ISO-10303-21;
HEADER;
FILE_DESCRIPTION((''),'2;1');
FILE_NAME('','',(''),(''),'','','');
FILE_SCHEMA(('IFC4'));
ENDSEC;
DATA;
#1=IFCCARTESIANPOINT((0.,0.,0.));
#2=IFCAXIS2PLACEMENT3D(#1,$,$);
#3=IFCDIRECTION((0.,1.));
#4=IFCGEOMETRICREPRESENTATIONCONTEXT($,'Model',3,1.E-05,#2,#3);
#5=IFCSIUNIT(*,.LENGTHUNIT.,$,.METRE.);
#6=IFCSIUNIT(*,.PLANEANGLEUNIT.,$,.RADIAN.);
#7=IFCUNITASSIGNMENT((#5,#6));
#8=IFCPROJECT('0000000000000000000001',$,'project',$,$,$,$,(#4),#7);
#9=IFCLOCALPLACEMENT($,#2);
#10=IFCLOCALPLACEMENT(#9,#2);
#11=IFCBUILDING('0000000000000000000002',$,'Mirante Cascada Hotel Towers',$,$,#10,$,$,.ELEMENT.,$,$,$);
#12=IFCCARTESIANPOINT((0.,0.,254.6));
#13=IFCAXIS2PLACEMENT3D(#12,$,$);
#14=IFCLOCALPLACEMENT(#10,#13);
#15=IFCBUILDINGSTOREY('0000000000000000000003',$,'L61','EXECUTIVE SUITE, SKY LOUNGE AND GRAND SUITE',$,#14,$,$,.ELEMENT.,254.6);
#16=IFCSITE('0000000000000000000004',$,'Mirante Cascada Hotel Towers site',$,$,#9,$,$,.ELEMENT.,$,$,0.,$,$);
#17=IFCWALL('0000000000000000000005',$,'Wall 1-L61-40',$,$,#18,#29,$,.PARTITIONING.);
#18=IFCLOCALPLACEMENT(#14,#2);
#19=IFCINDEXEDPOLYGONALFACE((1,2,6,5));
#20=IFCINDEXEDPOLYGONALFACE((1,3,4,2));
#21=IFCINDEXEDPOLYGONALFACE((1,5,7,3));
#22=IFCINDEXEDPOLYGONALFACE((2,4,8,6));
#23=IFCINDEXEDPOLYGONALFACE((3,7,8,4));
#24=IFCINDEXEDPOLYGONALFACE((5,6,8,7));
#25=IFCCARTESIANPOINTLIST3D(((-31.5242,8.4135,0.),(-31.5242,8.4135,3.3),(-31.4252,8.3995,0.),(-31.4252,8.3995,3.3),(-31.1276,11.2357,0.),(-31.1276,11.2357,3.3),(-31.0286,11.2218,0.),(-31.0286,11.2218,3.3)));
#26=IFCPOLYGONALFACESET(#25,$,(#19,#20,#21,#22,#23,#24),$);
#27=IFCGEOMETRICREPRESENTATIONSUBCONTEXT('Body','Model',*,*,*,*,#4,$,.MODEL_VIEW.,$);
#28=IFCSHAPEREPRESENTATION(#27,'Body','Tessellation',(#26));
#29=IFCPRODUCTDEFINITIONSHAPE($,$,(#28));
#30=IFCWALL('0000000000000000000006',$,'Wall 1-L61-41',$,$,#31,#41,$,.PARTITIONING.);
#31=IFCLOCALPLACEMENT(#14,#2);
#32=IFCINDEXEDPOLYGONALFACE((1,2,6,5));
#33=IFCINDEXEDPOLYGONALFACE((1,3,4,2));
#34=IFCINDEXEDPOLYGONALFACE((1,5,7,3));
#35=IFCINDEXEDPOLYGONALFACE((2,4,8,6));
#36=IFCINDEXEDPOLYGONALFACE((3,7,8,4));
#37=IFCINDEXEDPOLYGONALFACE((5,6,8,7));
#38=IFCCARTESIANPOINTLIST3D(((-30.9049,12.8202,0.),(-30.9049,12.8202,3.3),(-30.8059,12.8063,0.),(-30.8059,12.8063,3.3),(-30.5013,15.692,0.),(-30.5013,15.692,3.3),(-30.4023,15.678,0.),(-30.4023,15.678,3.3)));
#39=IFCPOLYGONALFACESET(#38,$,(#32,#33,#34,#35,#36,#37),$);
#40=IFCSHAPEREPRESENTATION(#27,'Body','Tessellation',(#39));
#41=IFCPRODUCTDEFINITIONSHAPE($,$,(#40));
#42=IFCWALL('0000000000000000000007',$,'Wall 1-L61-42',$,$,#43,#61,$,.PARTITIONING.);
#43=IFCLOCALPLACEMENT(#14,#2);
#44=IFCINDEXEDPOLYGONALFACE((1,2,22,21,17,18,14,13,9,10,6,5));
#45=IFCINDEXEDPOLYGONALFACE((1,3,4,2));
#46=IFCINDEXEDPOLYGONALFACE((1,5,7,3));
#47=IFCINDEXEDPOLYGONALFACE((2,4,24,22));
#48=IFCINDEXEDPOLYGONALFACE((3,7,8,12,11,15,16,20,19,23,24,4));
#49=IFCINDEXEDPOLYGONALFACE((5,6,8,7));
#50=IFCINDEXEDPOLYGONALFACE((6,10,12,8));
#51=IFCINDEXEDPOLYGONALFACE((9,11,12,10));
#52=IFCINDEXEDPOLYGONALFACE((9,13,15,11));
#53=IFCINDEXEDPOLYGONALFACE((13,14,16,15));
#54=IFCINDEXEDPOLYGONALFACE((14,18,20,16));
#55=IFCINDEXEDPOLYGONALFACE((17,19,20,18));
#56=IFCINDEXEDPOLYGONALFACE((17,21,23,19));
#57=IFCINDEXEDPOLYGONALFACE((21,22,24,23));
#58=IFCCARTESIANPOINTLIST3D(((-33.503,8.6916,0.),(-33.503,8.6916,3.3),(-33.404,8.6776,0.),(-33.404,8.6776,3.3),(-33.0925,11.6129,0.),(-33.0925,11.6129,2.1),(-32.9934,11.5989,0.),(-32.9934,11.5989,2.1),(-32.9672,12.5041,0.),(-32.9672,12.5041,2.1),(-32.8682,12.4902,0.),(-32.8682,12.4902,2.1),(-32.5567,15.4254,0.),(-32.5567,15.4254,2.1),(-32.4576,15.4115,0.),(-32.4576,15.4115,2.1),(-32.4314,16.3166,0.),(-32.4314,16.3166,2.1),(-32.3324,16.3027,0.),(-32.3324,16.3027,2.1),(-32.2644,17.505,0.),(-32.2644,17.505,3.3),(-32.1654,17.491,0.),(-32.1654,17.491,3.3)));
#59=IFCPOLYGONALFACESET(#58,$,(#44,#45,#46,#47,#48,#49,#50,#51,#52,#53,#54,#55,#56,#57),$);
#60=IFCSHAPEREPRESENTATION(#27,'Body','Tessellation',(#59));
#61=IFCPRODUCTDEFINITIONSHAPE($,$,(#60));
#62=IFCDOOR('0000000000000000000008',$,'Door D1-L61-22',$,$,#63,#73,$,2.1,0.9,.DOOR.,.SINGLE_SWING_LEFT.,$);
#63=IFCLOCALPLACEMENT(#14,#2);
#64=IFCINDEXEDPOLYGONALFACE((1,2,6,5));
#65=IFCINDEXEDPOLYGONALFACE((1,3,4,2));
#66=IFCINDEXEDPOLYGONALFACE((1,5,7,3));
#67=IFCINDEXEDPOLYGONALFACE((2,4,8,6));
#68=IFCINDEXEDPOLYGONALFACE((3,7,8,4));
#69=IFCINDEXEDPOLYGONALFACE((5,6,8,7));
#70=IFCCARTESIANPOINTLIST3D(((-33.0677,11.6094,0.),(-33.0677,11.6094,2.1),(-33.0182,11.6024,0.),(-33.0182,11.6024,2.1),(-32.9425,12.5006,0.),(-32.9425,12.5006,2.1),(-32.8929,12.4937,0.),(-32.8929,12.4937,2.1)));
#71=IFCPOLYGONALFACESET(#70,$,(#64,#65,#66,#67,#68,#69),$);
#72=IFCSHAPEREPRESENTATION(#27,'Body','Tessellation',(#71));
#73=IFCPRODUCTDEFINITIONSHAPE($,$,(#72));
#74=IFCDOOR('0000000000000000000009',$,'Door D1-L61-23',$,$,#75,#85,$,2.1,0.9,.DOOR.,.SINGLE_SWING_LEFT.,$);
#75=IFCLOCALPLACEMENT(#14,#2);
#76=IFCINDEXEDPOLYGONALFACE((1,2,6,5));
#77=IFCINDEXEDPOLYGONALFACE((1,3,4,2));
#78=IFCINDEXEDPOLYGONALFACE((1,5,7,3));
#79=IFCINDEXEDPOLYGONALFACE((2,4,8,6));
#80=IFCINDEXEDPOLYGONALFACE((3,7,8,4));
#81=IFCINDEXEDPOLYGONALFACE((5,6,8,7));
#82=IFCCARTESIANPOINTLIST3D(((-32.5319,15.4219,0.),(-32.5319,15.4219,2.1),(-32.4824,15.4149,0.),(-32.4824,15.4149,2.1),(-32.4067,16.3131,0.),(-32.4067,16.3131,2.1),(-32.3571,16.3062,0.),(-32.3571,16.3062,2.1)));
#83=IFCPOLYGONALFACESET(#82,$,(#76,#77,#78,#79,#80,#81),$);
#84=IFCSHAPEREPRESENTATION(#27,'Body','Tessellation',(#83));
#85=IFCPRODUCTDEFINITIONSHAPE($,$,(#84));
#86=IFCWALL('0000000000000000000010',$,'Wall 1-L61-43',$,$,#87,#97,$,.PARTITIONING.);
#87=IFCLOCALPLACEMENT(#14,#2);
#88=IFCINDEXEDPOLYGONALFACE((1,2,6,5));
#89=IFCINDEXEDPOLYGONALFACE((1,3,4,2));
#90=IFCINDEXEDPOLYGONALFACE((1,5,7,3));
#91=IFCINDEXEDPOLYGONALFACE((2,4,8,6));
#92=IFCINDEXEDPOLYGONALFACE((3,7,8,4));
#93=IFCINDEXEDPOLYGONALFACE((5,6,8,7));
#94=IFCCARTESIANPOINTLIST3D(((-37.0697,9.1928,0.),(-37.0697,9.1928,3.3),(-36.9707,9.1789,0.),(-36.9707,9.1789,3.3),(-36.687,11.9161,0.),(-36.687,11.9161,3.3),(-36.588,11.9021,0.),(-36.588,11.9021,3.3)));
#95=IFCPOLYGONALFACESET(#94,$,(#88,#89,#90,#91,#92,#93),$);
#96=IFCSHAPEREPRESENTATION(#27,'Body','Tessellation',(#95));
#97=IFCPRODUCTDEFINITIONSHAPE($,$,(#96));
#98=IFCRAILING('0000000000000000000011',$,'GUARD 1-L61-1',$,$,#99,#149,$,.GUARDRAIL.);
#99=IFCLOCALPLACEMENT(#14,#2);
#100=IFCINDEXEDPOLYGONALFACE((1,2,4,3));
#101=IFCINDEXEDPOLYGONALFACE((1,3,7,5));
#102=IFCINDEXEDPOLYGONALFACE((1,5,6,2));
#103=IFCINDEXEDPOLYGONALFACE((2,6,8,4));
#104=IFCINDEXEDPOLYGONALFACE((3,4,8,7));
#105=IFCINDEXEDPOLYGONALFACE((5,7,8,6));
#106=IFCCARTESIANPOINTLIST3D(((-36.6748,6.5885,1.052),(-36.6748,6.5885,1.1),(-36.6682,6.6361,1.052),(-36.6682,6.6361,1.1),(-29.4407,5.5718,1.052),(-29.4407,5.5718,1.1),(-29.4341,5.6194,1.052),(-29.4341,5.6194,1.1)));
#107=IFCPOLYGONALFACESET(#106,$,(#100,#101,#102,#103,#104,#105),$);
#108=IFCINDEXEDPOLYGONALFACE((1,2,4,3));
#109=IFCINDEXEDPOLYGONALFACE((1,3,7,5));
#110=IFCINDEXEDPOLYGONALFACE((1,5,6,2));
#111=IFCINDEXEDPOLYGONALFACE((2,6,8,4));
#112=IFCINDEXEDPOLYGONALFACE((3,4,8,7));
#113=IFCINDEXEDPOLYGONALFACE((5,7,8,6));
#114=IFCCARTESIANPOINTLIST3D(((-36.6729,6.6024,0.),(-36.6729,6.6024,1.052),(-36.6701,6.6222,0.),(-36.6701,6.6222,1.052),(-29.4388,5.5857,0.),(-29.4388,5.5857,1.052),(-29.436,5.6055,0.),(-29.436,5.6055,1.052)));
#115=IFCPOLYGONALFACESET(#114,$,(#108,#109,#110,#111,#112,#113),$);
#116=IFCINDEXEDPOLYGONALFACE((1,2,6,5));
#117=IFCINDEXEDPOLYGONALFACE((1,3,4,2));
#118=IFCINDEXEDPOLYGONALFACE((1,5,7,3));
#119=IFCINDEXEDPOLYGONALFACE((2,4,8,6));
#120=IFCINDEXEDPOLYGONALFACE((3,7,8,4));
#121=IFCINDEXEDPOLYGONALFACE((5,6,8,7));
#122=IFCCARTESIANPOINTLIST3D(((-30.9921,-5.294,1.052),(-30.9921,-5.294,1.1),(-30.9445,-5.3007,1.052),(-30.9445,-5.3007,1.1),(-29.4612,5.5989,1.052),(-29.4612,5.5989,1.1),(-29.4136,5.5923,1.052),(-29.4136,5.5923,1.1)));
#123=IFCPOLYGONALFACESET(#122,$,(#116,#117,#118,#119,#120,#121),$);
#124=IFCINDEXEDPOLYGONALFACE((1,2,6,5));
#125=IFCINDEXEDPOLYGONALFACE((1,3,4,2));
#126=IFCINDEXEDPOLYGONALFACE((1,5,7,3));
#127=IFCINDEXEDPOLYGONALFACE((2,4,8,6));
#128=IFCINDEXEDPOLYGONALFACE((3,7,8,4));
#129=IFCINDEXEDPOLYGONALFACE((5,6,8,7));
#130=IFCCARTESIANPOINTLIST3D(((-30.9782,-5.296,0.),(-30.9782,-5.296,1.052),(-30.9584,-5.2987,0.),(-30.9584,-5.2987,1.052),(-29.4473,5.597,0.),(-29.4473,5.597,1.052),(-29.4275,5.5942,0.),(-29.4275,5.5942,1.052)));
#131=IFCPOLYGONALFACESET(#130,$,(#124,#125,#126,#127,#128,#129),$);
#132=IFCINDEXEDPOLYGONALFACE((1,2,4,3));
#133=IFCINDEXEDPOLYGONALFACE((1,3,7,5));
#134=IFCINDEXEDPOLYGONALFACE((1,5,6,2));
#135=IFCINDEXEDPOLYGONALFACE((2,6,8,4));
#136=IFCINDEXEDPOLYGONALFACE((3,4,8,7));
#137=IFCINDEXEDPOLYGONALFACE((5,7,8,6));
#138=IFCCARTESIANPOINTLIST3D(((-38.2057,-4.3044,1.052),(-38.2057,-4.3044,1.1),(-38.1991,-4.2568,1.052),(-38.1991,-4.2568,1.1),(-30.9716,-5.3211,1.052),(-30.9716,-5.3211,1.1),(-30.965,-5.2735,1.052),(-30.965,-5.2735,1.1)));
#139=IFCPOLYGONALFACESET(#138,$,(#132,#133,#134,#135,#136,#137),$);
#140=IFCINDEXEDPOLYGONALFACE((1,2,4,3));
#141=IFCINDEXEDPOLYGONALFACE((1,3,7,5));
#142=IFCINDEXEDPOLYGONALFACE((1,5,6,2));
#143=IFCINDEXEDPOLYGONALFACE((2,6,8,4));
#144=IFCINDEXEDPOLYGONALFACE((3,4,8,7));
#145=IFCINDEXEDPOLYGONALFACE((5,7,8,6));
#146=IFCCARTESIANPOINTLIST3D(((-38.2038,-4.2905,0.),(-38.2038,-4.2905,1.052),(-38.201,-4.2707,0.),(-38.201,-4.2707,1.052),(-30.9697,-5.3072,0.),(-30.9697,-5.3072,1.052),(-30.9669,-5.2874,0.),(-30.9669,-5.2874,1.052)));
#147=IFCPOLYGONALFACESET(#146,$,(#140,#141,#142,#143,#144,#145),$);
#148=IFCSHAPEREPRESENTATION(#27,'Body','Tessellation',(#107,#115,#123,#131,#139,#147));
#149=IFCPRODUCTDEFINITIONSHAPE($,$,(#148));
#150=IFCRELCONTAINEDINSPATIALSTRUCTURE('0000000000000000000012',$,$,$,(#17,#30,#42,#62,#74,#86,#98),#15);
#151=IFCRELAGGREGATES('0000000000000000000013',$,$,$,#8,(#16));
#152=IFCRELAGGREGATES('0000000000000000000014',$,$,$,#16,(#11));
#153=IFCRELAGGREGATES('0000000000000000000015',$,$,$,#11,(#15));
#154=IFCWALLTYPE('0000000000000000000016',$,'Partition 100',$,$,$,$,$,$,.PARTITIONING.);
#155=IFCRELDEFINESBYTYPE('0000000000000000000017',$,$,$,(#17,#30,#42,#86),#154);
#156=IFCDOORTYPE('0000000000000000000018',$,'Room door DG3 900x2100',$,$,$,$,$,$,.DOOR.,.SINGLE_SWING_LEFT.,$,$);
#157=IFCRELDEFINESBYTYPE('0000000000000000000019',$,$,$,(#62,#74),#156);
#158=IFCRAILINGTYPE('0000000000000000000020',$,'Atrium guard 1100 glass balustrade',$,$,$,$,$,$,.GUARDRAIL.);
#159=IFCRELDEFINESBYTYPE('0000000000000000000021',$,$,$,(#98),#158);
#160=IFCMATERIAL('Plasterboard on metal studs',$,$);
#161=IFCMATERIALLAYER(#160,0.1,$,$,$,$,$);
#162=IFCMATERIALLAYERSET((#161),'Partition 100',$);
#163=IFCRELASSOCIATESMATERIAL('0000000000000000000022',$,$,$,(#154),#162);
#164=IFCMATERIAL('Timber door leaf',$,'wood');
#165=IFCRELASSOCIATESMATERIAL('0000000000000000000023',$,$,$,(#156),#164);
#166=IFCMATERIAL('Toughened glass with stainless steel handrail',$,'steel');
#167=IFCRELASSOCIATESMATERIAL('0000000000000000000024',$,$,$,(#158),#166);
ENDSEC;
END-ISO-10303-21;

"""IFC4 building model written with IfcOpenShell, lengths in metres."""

from ifc_helpers import new_model, si_unit, direction, frame, frame_2d, origin, origin_2d, place, context, subcontext, project, spatial, rectangle, extrude, material, layer, layer_set, type_object, element, fill, save


model = new_model("IFC4")

# Units and contexts
model_context = context("Model", 3, precision=1e-05, world=origin(), true_north=direction((0.0, 1.0)))
body_context = subcontext(model_context, "Body", "Model", "MODEL_VIEW")
ifc_project = project(units=[si_unit("LENGTHUNIT", "METRE"), si_unit("PLANEANGLEUNIT", "RADIAN")], contexts=[model_context])

# Site, building, storey
site_placement = place(None, origin())
site = spatial("IfcSite", under=ifc_project, at=site_placement, Name="Mirante Cascada Hotel Towers site", CompositionType="ELEMENT", RefElevation=0.0)
building_placement = place(site_placement, origin())
building = spatial("IfcBuilding", under=site, at=building_placement, Name="Mirante Cascada Hotel Towers", CompositionType="ELEMENT")
storey_placement = place(building_placement, frame((0.0, 0.0, 254.6)))
storey = spatial("IfcBuildingStorey", under=building, at=storey_placement, Name="L61", Description="EXECUTIVE SUITE, SKY LOUNGE AND GRAND SUITE", CompositionType="ELEMENT", Elevation=254.6)

# Shared definitions
ifc_material_1 = material(Name="Plasterboard on metal studs")
ifc_layer_1 = layer(ifc_material_1, 0.1)
ifc_layer_set_1 = layer_set([ifc_layer_1], Name="Partition 100")
wall_type = type_object("IfcWallType", Name="Partition 100", PredefinedType="PARTITIONING", material=ifc_layer_set_1)

# Walls
wall_1_placement = place(storey_placement, frame((-31.4747, 8.4065, 0.0), z_axis=(0.0, 0.0, 1.0), x_axis=(0.139156, 0.99027, 0.0)))
element("IfcWall", 1, at=wall_1_placement, inside=storey, type_object=wall_type, Name="Wall 1-L61-40", PredefinedType="PARTITIONING", context=body_context, shape_type="SweptSolid", body=[
    extrude(rectangle(XDim=2.85, YDim=0.1, at=frame_2d((1.425, 0.0))), origin(), (0.0, 0.0, 1.0), 3.3),
])
wall_2_placement = place(storey_placement, frame((-30.4518, 15.685, 0.0), z_axis=(0.0, 0.0, 1.0), x_axis=(-0.139171, -0.990268, 0.0)))
element("IfcWall", 2, at=wall_2_placement, inside=storey, type_object=wall_type, Name="Wall 1-L61-41", PredefinedType="PARTITIONING", context=body_context, shape_type="SweptSolid", body=[
    extrude(rectangle(XDim=2.9, YDim=0.1, at=frame_2d((1.45, 0.0))), origin(), (0.0, 0.0, 1.0), 3.3),
])

# Wall, openings, doors
wall_3_placement = place(storey_placement, frame((-33.4535, 8.6846, 0.0), z_axis=(0.0, 0.0, 1.0), x_axis=(0.139168, 0.990269, 0.0)))
wall_3 = element("IfcWall", 3, at=wall_3_placement, inside=storey, type_object=wall_type, Name="Wall 1-L61-42", PredefinedType="PARTITIONING", context=body_context, shape_type="SweptSolid", body=[
    extrude(rectangle(XDim=8.9, YDim=0.1, at=frame_2d((4.45, 0.0))), origin(), (0.0, 0.0, 1.0), 3.3),
])
opening_1_placement = place(wall_3_placement, frame((2.95, 0.0, 0.0)))
opening_1 = element("IfcOpeningElement", 4, at=opening_1_placement, cuts=wall_3, PredefinedType="OPENING", context=body_context, shape_type="SweptSolid", body=[
    extrude(rectangle(XDim=0.9, YDim=2.1, at=frame_2d((0.45, 1.05))), frame((0.0, 0.05, 0.0), z_axis=(0.0, -1.0, 0.0), x_axis=(1.0, 0.0, 0.0)), (0.0, 0.0, 1.0), 0.1),
])
opening_2_placement = place(wall_3_placement, frame((6.8, 0.0, 0.0)))
opening_2 = element("IfcOpeningElement", 5, at=opening_2_placement, cuts=wall_3, PredefinedType="OPENING", context=body_context, shape_type="SweptSolid", body=[
    extrude(rectangle(XDim=0.9, YDim=2.1, at=frame_2d((0.45, 1.05))), frame((0.0, 0.05, 0.0), z_axis=(0.0, -1.0, 0.0), x_axis=(1.0, 0.0, 0.0)), (0.0, 0.0, 1.0), 0.1),
])
ifc_material_2 = material(Name="Timber door leaf", Category="wood")
door_type_1 = type_object("IfcDoorType", Name="Room door DG3 900x2100", OperationType="SINGLE_SWING_LEFT", PredefinedType="DOOR", material=ifc_material_2)
door_1_placement = place(opening_1_placement, origin())
door_1 = element("IfcDoor", 6, at=door_1_placement, inside=storey, type_object=door_type_1, Name="Door D1-L61-22", OperationType="SINGLE_SWING_LEFT", OverallHeight=2.1, OverallWidth=0.9, PredefinedType="DOOR", context=body_context, shape_type="SweptSolid", body=[
    extrude(rectangle(XDim=0.9, YDim=2.1, at=frame_2d((0.45, 1.05))), frame((0.0, 0.025, 0.0), z_axis=(0.0, -1.0, 0.0), x_axis=(1.0, 0.0, 0.0)), (0.0, 0.0, 1.0), 0.05),
])
fill(opening_1, door_1)
door_2_placement = place(opening_2_placement, origin())
door_2 = element("IfcDoor", 7, at=door_2_placement, inside=storey, type_object=door_type_1, Name="Door D1-L61-23", OperationType="SINGLE_SWING_LEFT", OverallHeight=2.1, OverallWidth=0.9, PredefinedType="DOOR", context=body_context, shape_type="SweptSolid", body=[
    extrude(rectangle(XDim=0.9, YDim=2.1, at=frame_2d((0.45, 1.05))), frame((0.0, 0.025, 0.0), z_axis=(0.0, -1.0, 0.0), x_axis=(1.0, 0.0, 0.0)), (0.0, 0.0, 1.0), 0.05),
])
fill(opening_2, door_2)

# Wall
wall_4_placement = place(storey_placement, frame((-36.6375, 11.9091, 0.0), z_axis=(0.0, 0.0, 1.0), x_axis=(-0.139166, -0.990269, 0.0)))
element("IfcWall", 8, at=wall_4_placement, inside=storey, type_object=wall_type, Name="Wall 1-L61-43", PredefinedType="PARTITIONING", context=body_context, shape_type="SweptSolid", body=[
    extrude(rectangle(XDim=2.75, YDim=0.1, at=frame_2d((1.375, 0.0))), origin(), (0.0, 0.0, 1.0), 3.3),
])

# Railing
ifc_material_3 = material(Name="Toughened glass with stainless steel handrail", Category="steel")
railing_type = type_object("IfcRailingType", Name="Atrium guard 1100 glass balustrade", PredefinedType="GUARDRAIL", material=ifc_material_3)
railing_placement = place(storey_placement, frame((-36.6715, 6.6123, 0.0)))
element("IfcRailing", 9, at=railing_placement, inside=storey, type_object=railing_type, Name="GUARD 1-L61-1", PredefinedType="GUARDRAIL", context=body_context, shape_type="SweptSolid", body=[
    extrude(rectangle(XDim=0.048, YDim=0.048, at=origin_2d()), frame((0.0, 0.0, 1.076), z_axis=(0.990268, -0.139175, 0.0), x_axis=(0.139175, 0.990268, 0.0)), (0.0, 0.0, 1.0), 7.3052),
    extrude(rectangle(XDim=0.02, YDim=1.052, at=origin_2d()), frame((0.0, 0.0, 0.526), z_axis=(0.990268, -0.139175, 0.0), x_axis=(0.139175, 0.990268, 0.0)), (0.0, 0.0, 1.0), 7.3052),
    extrude(rectangle(XDim=0.048, YDim=0.048, at=origin_2d()), frame((7.2341, -1.0167, 1.076), z_axis=(-0.139173, -0.990268, 0.0), x_axis=(0.990268, -0.139173, 0.0)), (0.0, 0.0, 1.0), 11.0),
    extrude(rectangle(XDim=0.02, YDim=1.052, at=origin_2d()), frame((7.2341, -1.0167, 0.526), z_axis=(-0.139173, -0.990268, 0.0), x_axis=(0.990268, -0.139173, 0.0)), (0.0, 0.0, 1.0), 11.0),
    extrude(rectangle(XDim=0.048, YDim=0.048, at=origin_2d()), frame((5.7032, -11.9096, 1.076), z_axis=(-0.990268, 0.139175, 0.0), x_axis=(-0.139175, -0.990268, 0.0)), (0.0, 0.0, 1.0), 7.3052),
    extrude(rectangle(XDim=0.02, YDim=1.052, at=origin_2d()), frame((5.7032, -11.9096, 0.526), z_axis=(-0.990268, 0.139175, 0.0), x_axis=(-0.139175, -0.990268, 0.0)), (0.0, 0.0, 1.0), 7.3052),
])

save(model, "model.ifc")
